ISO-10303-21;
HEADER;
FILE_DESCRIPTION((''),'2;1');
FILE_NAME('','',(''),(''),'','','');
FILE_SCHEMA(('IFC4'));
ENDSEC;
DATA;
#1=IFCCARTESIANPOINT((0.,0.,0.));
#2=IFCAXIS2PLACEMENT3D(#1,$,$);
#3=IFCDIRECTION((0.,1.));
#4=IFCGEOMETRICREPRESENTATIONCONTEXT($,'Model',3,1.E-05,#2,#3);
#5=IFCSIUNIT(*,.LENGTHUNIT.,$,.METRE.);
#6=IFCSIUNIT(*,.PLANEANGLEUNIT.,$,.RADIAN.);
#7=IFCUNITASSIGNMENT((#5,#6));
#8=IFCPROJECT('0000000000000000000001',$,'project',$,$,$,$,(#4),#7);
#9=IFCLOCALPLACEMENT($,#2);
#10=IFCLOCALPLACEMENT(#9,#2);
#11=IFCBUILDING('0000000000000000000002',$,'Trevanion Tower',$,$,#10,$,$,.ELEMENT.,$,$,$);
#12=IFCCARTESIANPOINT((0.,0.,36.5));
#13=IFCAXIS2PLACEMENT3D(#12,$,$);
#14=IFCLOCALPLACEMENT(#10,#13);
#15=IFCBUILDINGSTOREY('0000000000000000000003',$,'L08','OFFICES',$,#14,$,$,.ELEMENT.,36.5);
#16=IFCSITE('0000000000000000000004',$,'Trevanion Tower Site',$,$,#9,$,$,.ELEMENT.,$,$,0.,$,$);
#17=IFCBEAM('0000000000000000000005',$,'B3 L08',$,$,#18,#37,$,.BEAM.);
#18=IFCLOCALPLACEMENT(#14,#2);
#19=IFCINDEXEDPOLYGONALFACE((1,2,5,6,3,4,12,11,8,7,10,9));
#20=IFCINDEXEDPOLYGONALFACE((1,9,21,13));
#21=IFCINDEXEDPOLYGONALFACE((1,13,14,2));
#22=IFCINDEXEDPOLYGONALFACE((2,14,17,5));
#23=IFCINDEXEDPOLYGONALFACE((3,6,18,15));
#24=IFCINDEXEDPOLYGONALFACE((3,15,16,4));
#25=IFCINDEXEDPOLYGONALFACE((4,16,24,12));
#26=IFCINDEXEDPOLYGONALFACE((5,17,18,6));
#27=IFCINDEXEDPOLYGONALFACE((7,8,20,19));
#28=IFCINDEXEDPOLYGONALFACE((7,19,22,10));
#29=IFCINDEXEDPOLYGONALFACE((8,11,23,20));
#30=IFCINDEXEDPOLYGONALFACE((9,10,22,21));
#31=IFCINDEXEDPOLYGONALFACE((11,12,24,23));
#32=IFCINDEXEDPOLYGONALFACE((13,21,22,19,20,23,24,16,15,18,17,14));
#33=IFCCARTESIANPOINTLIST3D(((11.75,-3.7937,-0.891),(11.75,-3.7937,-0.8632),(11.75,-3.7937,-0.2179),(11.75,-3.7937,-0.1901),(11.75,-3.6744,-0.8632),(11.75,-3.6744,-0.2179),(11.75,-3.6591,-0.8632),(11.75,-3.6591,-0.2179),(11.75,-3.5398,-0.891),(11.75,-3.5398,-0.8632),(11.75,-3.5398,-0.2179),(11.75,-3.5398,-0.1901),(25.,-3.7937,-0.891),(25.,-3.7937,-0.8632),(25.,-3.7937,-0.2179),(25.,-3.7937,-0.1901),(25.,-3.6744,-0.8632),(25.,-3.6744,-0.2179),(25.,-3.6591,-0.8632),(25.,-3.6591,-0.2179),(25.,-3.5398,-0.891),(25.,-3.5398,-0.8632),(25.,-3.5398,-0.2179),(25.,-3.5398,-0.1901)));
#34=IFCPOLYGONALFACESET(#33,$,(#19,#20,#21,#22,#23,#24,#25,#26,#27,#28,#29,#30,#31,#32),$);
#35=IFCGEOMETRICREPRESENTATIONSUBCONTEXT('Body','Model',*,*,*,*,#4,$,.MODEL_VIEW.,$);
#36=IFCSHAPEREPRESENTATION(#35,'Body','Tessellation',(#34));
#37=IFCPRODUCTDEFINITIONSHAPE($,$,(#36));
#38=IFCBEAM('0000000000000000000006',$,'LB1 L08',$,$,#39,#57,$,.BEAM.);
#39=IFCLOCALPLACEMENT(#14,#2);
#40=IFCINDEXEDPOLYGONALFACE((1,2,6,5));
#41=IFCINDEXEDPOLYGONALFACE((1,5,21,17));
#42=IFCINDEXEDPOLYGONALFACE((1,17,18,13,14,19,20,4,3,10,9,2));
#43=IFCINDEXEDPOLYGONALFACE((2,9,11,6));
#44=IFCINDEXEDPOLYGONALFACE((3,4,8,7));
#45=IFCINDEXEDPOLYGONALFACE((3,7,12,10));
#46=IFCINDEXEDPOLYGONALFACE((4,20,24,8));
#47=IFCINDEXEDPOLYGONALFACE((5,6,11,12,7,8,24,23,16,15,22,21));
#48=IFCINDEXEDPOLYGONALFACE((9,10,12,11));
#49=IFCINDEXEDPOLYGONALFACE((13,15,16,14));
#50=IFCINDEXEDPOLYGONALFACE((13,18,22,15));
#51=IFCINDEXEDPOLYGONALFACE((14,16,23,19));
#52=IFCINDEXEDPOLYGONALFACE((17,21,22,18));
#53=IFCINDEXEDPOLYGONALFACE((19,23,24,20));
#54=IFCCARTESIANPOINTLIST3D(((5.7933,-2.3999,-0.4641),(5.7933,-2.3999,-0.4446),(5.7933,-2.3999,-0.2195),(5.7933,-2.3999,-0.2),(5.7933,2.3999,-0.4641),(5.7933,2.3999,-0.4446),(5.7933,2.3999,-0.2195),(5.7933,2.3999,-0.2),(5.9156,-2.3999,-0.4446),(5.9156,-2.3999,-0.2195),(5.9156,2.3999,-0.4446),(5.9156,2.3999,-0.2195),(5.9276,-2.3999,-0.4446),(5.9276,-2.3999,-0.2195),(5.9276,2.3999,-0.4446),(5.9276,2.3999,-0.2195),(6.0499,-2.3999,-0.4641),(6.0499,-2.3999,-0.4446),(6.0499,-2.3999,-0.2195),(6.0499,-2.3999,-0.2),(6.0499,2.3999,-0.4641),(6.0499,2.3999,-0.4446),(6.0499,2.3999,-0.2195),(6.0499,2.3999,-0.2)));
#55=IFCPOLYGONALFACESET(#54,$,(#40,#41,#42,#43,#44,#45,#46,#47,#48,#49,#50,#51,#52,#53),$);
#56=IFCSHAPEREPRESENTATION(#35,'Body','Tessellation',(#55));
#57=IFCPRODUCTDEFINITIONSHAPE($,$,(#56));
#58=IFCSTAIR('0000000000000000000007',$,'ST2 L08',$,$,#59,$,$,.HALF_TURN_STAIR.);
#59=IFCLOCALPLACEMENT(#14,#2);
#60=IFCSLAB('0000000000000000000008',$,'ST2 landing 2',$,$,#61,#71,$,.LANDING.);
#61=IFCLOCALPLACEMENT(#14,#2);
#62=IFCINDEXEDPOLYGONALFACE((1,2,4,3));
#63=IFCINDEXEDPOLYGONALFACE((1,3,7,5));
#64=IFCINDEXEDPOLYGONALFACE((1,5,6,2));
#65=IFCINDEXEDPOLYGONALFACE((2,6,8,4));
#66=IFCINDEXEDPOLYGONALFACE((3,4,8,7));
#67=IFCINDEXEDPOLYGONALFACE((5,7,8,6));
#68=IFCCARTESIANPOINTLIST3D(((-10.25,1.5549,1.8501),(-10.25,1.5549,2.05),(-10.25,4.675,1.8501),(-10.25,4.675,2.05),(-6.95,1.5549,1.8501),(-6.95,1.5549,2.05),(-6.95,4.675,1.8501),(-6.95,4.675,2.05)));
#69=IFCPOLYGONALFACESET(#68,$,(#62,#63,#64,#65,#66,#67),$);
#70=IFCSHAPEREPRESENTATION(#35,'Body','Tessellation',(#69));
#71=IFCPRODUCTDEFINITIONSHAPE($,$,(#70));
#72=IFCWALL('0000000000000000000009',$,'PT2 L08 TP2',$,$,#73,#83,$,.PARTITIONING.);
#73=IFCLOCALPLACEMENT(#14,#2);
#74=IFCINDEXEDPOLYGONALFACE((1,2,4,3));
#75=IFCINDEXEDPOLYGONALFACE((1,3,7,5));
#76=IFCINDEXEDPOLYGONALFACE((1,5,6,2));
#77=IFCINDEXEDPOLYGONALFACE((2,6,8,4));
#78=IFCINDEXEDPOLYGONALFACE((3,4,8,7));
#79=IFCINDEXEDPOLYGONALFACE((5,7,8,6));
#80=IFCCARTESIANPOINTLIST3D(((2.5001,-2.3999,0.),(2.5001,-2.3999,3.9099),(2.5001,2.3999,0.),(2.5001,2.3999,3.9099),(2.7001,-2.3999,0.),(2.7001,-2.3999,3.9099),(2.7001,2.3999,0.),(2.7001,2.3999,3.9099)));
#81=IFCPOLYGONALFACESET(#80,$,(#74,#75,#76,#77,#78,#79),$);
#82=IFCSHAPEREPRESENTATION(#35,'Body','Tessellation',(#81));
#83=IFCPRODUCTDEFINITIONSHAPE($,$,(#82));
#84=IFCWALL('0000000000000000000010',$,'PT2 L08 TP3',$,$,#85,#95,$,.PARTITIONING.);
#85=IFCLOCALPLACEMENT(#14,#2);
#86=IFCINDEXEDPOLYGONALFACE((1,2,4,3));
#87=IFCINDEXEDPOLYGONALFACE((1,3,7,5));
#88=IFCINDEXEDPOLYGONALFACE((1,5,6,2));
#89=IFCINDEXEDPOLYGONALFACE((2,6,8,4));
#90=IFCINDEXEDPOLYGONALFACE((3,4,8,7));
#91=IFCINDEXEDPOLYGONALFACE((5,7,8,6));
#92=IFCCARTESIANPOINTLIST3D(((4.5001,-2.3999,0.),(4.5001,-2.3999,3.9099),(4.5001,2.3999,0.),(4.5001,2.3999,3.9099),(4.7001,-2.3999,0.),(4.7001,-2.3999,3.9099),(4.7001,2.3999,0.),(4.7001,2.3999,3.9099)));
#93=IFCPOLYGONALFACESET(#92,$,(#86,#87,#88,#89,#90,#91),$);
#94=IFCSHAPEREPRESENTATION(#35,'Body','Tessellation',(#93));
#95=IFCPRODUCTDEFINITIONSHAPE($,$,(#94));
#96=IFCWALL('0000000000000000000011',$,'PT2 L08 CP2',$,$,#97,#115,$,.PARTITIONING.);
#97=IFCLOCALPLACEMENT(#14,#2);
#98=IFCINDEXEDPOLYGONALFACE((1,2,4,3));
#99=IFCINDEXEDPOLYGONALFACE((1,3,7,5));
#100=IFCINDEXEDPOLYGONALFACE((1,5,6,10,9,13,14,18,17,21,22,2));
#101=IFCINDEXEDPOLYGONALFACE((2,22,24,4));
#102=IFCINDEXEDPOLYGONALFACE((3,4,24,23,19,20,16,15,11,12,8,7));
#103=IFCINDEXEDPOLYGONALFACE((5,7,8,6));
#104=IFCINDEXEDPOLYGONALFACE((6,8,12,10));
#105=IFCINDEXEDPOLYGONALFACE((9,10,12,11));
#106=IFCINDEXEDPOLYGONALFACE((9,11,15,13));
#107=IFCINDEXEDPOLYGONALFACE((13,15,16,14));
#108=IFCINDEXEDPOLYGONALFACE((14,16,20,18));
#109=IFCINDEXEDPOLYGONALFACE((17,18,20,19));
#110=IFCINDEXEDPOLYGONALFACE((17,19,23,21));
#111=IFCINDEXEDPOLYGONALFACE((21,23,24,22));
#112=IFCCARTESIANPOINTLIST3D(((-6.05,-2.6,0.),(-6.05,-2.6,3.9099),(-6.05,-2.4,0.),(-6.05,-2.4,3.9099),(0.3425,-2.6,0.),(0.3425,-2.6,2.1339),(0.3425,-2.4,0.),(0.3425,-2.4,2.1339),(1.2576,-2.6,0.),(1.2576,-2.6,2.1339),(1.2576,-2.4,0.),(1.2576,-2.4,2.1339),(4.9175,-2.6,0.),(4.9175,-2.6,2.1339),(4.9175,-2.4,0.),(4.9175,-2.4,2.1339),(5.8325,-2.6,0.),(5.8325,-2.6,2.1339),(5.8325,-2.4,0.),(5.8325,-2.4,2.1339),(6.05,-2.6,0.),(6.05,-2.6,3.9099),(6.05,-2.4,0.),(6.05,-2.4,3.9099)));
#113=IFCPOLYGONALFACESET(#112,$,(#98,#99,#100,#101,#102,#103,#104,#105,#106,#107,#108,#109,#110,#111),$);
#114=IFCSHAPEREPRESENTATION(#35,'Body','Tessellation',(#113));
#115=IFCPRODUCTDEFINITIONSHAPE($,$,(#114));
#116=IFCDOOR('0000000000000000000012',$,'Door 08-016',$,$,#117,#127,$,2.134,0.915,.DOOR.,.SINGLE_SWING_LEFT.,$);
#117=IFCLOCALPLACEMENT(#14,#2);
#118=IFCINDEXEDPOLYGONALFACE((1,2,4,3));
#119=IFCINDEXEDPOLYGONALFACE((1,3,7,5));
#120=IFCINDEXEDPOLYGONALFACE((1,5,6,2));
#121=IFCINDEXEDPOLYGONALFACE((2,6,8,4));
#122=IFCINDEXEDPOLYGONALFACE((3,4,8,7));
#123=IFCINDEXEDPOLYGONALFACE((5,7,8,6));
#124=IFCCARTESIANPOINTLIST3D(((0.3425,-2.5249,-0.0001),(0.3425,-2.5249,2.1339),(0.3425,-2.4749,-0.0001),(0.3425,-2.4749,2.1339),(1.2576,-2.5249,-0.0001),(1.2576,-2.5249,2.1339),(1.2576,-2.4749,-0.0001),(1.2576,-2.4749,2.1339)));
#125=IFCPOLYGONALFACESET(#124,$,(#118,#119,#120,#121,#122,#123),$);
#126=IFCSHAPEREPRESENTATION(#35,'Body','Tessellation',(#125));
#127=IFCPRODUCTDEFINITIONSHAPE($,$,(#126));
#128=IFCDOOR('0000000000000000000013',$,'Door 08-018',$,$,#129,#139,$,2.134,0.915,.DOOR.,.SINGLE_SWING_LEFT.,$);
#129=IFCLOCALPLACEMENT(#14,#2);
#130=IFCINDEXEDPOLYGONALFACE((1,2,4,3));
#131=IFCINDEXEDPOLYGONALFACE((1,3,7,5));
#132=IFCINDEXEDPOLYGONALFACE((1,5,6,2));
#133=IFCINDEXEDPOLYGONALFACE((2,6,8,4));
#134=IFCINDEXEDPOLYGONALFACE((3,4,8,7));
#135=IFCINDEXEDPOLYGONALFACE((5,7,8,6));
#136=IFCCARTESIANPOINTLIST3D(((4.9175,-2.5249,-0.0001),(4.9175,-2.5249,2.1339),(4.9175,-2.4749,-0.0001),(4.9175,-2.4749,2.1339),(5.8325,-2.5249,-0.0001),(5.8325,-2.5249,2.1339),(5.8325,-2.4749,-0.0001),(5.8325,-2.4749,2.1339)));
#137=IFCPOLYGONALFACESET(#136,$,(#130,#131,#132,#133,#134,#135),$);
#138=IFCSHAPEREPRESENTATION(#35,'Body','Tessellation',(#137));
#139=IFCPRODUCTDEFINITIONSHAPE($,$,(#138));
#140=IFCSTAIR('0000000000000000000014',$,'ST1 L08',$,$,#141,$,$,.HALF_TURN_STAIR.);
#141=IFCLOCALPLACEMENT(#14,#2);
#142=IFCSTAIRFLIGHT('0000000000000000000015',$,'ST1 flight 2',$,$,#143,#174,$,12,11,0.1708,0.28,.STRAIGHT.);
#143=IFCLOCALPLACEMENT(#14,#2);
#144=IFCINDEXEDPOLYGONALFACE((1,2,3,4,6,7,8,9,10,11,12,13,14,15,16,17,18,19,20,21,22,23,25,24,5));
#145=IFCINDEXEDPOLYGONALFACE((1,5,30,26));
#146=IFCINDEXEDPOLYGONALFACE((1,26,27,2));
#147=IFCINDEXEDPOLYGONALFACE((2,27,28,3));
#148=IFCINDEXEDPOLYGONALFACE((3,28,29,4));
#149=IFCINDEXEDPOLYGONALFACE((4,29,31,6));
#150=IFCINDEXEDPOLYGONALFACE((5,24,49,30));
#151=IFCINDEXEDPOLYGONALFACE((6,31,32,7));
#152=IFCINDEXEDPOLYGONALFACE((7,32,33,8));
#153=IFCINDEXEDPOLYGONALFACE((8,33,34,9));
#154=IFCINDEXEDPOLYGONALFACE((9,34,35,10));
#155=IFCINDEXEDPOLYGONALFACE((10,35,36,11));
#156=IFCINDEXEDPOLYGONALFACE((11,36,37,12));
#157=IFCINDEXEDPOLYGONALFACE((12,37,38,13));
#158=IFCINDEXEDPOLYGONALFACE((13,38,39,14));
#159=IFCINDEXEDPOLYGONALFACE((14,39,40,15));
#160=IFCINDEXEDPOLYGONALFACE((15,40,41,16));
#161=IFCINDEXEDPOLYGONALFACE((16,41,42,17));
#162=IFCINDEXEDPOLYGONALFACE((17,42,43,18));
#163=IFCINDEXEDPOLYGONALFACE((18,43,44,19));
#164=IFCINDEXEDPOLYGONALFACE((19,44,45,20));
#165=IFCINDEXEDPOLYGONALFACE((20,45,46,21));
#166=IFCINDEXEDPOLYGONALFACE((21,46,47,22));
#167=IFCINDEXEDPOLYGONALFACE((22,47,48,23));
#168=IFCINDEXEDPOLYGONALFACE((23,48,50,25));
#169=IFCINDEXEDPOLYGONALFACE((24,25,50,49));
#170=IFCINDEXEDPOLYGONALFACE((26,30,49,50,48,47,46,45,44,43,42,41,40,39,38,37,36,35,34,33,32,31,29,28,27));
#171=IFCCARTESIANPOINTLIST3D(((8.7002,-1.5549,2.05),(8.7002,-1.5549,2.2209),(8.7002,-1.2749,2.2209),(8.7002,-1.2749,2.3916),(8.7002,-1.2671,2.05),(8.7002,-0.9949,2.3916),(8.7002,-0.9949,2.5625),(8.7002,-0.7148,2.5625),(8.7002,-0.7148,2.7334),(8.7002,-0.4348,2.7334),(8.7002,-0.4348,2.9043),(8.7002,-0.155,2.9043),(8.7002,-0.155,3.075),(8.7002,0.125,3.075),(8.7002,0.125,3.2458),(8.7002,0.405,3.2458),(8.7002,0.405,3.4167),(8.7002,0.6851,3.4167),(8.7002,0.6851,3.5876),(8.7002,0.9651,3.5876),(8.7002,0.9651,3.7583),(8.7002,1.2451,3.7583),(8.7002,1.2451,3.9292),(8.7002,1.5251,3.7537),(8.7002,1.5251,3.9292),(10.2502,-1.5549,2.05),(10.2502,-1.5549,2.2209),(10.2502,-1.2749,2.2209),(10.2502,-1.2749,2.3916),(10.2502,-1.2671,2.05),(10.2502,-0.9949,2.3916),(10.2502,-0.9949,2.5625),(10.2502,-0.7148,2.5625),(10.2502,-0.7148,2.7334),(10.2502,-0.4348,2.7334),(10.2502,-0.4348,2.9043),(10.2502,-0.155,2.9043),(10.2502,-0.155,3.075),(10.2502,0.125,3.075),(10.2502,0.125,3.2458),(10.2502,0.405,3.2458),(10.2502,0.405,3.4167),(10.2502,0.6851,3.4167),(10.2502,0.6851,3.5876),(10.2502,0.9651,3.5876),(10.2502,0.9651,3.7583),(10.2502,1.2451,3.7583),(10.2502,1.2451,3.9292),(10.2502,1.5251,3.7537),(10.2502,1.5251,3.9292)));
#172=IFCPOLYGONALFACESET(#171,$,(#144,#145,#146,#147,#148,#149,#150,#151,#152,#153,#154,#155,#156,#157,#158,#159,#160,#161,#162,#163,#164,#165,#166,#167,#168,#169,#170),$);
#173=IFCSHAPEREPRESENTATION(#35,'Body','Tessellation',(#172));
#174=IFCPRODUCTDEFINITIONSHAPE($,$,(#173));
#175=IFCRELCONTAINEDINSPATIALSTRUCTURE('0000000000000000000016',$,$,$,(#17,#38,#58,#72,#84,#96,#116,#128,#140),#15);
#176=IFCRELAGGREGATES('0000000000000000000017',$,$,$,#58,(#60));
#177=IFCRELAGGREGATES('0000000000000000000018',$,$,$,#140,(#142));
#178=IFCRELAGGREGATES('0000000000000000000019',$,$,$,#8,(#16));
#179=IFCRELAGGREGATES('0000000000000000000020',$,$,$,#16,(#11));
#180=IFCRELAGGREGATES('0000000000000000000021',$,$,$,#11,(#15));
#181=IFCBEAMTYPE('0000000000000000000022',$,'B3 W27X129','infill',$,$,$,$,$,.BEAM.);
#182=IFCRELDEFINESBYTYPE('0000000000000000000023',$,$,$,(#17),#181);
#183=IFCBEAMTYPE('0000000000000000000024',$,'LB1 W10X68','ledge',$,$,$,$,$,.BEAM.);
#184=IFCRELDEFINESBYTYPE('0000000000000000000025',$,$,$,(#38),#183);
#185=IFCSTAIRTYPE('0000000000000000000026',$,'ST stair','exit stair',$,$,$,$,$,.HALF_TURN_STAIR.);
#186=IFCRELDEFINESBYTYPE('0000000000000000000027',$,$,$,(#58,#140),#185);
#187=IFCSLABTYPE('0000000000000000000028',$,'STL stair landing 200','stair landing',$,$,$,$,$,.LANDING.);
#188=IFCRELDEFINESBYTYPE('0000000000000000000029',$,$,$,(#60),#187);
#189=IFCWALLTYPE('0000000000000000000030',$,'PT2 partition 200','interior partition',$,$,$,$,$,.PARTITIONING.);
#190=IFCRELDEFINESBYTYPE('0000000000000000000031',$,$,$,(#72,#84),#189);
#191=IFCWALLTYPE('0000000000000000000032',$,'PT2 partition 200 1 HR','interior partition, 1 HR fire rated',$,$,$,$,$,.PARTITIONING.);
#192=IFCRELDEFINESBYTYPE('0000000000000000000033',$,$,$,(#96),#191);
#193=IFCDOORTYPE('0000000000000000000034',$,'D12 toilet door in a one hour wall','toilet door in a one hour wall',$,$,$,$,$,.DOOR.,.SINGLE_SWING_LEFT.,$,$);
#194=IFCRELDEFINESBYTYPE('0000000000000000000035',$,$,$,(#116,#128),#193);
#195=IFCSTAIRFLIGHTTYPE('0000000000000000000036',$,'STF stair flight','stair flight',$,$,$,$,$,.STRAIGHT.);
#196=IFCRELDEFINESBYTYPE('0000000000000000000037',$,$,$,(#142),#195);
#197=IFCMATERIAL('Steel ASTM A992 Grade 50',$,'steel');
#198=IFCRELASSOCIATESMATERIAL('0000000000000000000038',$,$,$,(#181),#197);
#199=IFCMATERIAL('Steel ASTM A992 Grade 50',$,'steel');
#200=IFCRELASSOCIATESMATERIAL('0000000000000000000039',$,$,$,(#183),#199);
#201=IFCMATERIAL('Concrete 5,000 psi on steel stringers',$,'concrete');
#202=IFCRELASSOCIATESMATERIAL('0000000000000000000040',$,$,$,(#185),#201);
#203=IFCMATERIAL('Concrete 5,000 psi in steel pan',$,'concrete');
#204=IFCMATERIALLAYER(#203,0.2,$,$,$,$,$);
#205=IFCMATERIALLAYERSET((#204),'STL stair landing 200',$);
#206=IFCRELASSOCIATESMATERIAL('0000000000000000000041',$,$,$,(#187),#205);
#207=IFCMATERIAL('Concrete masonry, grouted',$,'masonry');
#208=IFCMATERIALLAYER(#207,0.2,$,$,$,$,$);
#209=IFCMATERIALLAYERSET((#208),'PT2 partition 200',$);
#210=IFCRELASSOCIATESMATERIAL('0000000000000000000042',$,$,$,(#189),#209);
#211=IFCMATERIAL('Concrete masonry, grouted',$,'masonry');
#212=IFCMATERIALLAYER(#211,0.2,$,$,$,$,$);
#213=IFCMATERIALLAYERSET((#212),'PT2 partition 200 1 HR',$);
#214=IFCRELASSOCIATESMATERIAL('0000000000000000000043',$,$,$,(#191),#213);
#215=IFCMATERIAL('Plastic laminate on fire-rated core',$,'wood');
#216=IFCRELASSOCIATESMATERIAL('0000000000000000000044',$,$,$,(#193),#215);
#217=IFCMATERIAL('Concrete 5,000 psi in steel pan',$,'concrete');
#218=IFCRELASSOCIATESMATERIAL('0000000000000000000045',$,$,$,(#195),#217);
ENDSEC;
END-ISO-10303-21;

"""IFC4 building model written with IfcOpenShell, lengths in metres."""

from ifc_helpers import new_model, si_unit, direction, frame, frame_2d, origin, origin_2d, place, context, subcontext, project, spatial, polyline, rectangle, i_section, outline, extrude, material, layer, layer_set, material_profile, profile_set, type_object, element, fill, aggregate, save


model = new_model("IFC4")

# Units and contexts
model_context = context("Model", 3, precision=1e-05, world=origin(), true_north=direction((0.0, 1.0)))
body_context = subcontext(model_context, "Body", "Model", "MODEL_VIEW")
ifc_project = project(units=[si_unit("LENGTHUNIT", "METRE"), si_unit("PLANEANGLEUNIT", "RADIAN")], contexts=[model_context])

# Site, building, storey
site_placement = place(None, origin())
site = spatial("IfcSite", under=ifc_project, at=site_placement, Name="Trevanion Tower Site", CompositionType="ELEMENT", RefElevation=0.0)
building_placement = place(site_placement, origin())
building = spatial("IfcBuilding", under=site, at=building_placement, Name="Trevanion Tower", CompositionType="ELEMENT")
storey_placement = place(building_placement, frame((0.0, 0.0, 36.5)))
storey = spatial("IfcBuildingStorey", under=building, at=storey_placement, Name="L08", Description="OFFICES", CompositionType="ELEMENT", Elevation=36.5)

# Beams
ifc_material_1 = material(Name="Steel ASTM A992 Grade 50", Category="steel")
ifc_material_profile_1 = material_profile(ifc_material_1, i_section(OverallWidth=0.2539, OverallDepth=0.7009, WebThickness=0.0154, FlangeThickness=0.0278, at=origin_2d()), Name="W27X129")
ifc_profile_set_1 = profile_set([ifc_material_profile_1], Name="Steel ASTM A992 Grade 50")
beam_type_1 = type_object("IfcBeamType", Name="B3 W27X129", Description="infill", PredefinedType="BEAM", material=ifc_profile_set_1)
beam_1_placement = place(storey_placement, frame((11.75, -3.6667, -0.5405), z_axis=(1.0, 0.0, 0.0), x_axis=(0.0, 1.0, 0.0)))
element("IfcBeam", 1, at=beam_1_placement, inside=storey, type_object=beam_type_1, Name="B3 L08", PredefinedType="BEAM", context=body_context, shape_type="SweptSolid", body=[
    extrude(i_section(OverallWidth=0.2539, OverallDepth=0.7009, WebThickness=0.0154, FlangeThickness=0.0278, at=origin_2d()), origin(), (0.0, 0.0, 1.0), 13.25),
])
ifc_material_2 = material(Name="Steel ASTM A992 Grade 50", Category="steel")
ifc_material_profile_2 = material_profile(ifc_material_2, i_section(OverallWidth=0.2566, OverallDepth=0.2642, WebThickness=0.012, FlangeThickness=0.0195, at=origin_2d()), Name="W10X68")
ifc_profile_set_2 = profile_set([ifc_material_profile_2], Name="Steel ASTM A992 Grade 50")
beam_type_2 = type_object("IfcBeamType", Name="LB1 W10X68", Description="ledge", PredefinedType="BEAM", material=ifc_profile_set_2)
beam_2_placement = place(storey_placement, frame((5.9216, -2.3999, -0.332), z_axis=(0.0, 1.0, 0.0), x_axis=(-1.0, 0.0, 0.0)))
element("IfcBeam", 2, at=beam_2_placement, inside=storey, type_object=beam_type_2, Name="LB1 L08", PredefinedType="BEAM", context=body_context, shape_type="SweptSolid", body=[
    extrude(i_section(OverallWidth=0.2566, OverallDepth=0.2642, WebThickness=0.012, FlangeThickness=0.0195, at=origin_2d()), origin(), (0.0, 0.0, 1.0), 4.7998),
])

# Stair, slab
ifc_material_3 = material(Name="Concrete 5,000 psi on steel stringers", Category="concrete")
stair_type = type_object("IfcStairType", Name="ST stair", Description="exit stair", PredefinedType="HALF_TURN_STAIR", material=ifc_material_3)
stair_1_placement = place(storey_placement, origin())
stair_1 = element("IfcStair", 3, at=stair_1_placement, inside=storey, type_object=stair_type, Name="ST2 L08", PredefinedType="HALF_TURN_STAIR")
ifc_material_4 = material(Name="Concrete 5,000 psi in steel pan", Category="concrete")
ifc_layer_1 = layer(ifc_material_4, 0.2)
ifc_layer_set_1 = layer_set([ifc_layer_1], Name="STL stair landing 200")
slab_type = type_object("IfcSlabType", Name="STL stair landing 200", Description="stair landing", PredefinedType="LANDING", material=ifc_layer_set_1)
slab_placement = place(storey_placement, frame((0.0, 0.0, 1.8501)))
slab = element("IfcSlab", 4, at=slab_placement, type_object=slab_type, Name="ST2 landing 2", PredefinedType="LANDING", context=body_context, shape_type="SweptSolid", body=[
    extrude(outline(polyline([(-6.95, 4.675), (-10.25, 4.675), (-10.25, 1.5549), (-6.95, 1.5549), (-6.95, 4.675)])), origin(), (0.0, 0.0, 1.0), 0.2),
])
aggregate(stair_1, [slab])

# Walls
ifc_material_5 = material(Name="Concrete masonry, grouted", Category="masonry")
ifc_layer_2 = layer(ifc_material_5, 0.2)
ifc_layer_set_2 = layer_set([ifc_layer_2], Name="PT2 partition 200")
wall_type_1 = type_object("IfcWallType", Name="PT2 partition 200", Description="interior partition", PredefinedType="PARTITIONING", material=ifc_layer_set_2)
for number, where, z_axis, x_axis, name in (
    (5, (2.6001, -2.3999, 0.0), (0.0, 0.0, 1.0), (0.0, 1.0, 0.0), "PT2 L08 TP2"),
    (6, (4.6001, -2.3999, 0.0), (0.0, 0.0, 1.0), (0.0, 1.0, 0.0), "PT2 L08 TP3"),
):
    element("IfcWall", number, at=place(storey_placement, frame(where, z_axis=z_axis, x_axis=x_axis)), inside=storey, type_object=wall_type_1, Name=name, PredefinedType="PARTITIONING", context=body_context, shape_type="SweptSolid", body=[
        extrude(rectangle(XDim=4.7998, YDim=0.2, at=frame_2d((2.3999, 0.0))), origin(), (0.0, 0.0, 1.0), 3.9099),
    ])

# Wall, openings, doors
ifc_material_6 = material(Name="Concrete masonry, grouted", Category="masonry")
ifc_layer_3 = layer(ifc_material_6, 0.2)
ifc_layer_set_3 = layer_set([ifc_layer_3], Name="PT2 partition 200 1 HR")
wall_type_2 = type_object("IfcWallType", Name="PT2 partition 200 1 HR", Description="interior partition, 1 HR fire rated", PredefinedType="PARTITIONING", material=ifc_layer_set_3)
wall_placement = place(storey_placement, frame((6.05, -2.5, 0.0), z_axis=(0.0, 0.0, 1.0), x_axis=(-1.0, 0.0, 0.0)))
wall = element("IfcWall", 7, at=wall_placement, inside=storey, type_object=wall_type_2, Name="PT2 L08 CP2", PredefinedType="PARTITIONING", context=body_context, shape_type="SweptSolid", body=[
    extrude(rectangle(XDim=12.1001, YDim=0.2, at=frame_2d((6.05, 0.0))), origin(), (0.0, 0.0, 1.0), 3.9099),
])
opening_1_placement = place(wall_placement, frame((4.7925, 0.0, 0.0)))
opening_1 = element("IfcOpeningElement", 8, at=opening_1_placement, cuts=wall, PredefinedType="OPENING", context=body_context, shape_type="SweptSolid", body=[
    extrude(rectangle(XDim=0.915, YDim=2.134, at=frame_2d((0.4575, 1.0669))), frame((0.0, 0.1099, 0.0), z_axis=(0.0, -1.0, 0.0), x_axis=(1.0, 0.0, 0.0)), (0.0, 0.0, 1.0), 0.22),
])
opening_2_placement = place(wall_placement, frame((0.2175, 0.0, 0.0)))
opening_2 = element("IfcOpeningElement", 9, at=opening_2_placement, cuts=wall, PredefinedType="OPENING", context=body_context, shape_type="SweptSolid", body=[
    extrude(rectangle(XDim=0.915, YDim=2.134, at=frame_2d((0.4575, 1.0669))), frame((0.0, 0.1099, 0.0), z_axis=(0.0, -1.0, 0.0), x_axis=(1.0, 0.0, 0.0)), (0.0, 0.0, 1.0), 0.22),
])
ifc_material_7 = material(Name="Plastic laminate on fire-rated core", Category="wood")
door_type = type_object("IfcDoorType", Name="D12 toilet door in a one hour wall", Description="toilet door in a one hour wall", OperationType="SINGLE_SWING_LEFT", PredefinedType="DOOR", material=ifc_material_7)
door_1_placement = place(opening_1_placement, origin())
door_1 = element("IfcDoor", 10, at=door_1_placement, inside=storey, type_object=door_type, Name="Door 08-016", OperationType="SINGLE_SWING_LEFT", OverallHeight=2.134, OverallWidth=0.915, PredefinedType="DOOR", context=body_context, shape_type="SweptSolid", body=[
    extrude(rectangle(XDim=0.915, YDim=2.134, at=frame_2d((0.4575, 1.0669))), frame((0.0, 0.0249, 0.0), z_axis=(0.0, -1.0, 0.0), x_axis=(1.0, 0.0, 0.0)), (0.0, 0.0, 1.0), 0.05),
])
fill(opening_1, door_1)
door_2_placement = place(opening_2_placement, origin())
door_2 = element("IfcDoor", 11, at=door_2_placement, inside=storey, type_object=door_type, Name="Door 08-018", OperationType="SINGLE_SWING_LEFT", OverallHeight=2.134, OverallWidth=0.915, PredefinedType="DOOR", context=body_context, shape_type="SweptSolid", body=[
    extrude(rectangle(XDim=0.915, YDim=2.134, at=frame_2d((0.4575, 1.0669))), frame((0.0, 0.0249, 0.0), z_axis=(0.0, -1.0, 0.0), x_axis=(1.0, 0.0, 0.0)), (0.0, 0.0, 1.0), 0.05),
])
fill(opening_2, door_2)

# Stair, stair flight
stair_2_placement = place(storey_placement, origin())
stair_2 = element("IfcStair", 12, at=stair_2_placement, inside=storey, type_object=stair_type, Name="ST1 L08", PredefinedType="HALF_TURN_STAIR")
ifc_material_8 = material(Name="Concrete 5,000 psi in steel pan", Category="concrete")
stair_flight_type = type_object("IfcStairFlightType", Name="STF stair flight", Description="stair flight", PredefinedType="STRAIGHT", material=ifc_material_8)
stair_flight_placement = place(storey_placement, frame((9.4751, -1.5549, 2.05), z_axis=(0.0, 0.0, 1.0), x_axis=(0.0, 1.0, 0.0)))
stair_flight = element("IfcStairFlight", 13, at=stair_flight_placement, type_object=stair_flight_type, Name="ST1 flight 2", NumberOfRisers=12, NumberOfTreads=11, PredefinedType="STRAIGHT", RiserHeight=0.1708, TreadLength=0.28, context=body_context, shape_type="SweptSolid", body=[
    extrude(outline(polyline([(0.0, 0.0), (0.0, 0.1709), (0.28, 0.1709), (0.28, 0.3416), (0.5601, 0.3416), (0.5601, 0.5125), (0.8401, 0.5125), (0.8401, 0.6833), (1.1201, 0.6833), (1.1201, 0.8542), (1.3999, 0.8542), (1.3999, 1.0249), (1.6799, 1.0249), (1.6799, 1.1958), (1.96, 1.1958), (1.96, 1.3667), (2.24, 1.3667), (2.24, 1.5376), (2.52, 1.5376), (2.52, 1.7083), (2.8, 1.7083), (2.8, 1.8792), (3.0801, 1.8792), (3.0801, 2.05), (3.0801, 1.7036), (0.2878, 0.0), (0.0, 0.0)])), frame((0.0, 0.7749, 0.0), z_axis=(0.0, -1.0, 0.0), x_axis=(1.0, 0.0, 0.0)), (0.0, 0.0, 1.0), 1.55),
])
aggregate(stair_2, [stair_flight])

save(model, "model.ifc")
